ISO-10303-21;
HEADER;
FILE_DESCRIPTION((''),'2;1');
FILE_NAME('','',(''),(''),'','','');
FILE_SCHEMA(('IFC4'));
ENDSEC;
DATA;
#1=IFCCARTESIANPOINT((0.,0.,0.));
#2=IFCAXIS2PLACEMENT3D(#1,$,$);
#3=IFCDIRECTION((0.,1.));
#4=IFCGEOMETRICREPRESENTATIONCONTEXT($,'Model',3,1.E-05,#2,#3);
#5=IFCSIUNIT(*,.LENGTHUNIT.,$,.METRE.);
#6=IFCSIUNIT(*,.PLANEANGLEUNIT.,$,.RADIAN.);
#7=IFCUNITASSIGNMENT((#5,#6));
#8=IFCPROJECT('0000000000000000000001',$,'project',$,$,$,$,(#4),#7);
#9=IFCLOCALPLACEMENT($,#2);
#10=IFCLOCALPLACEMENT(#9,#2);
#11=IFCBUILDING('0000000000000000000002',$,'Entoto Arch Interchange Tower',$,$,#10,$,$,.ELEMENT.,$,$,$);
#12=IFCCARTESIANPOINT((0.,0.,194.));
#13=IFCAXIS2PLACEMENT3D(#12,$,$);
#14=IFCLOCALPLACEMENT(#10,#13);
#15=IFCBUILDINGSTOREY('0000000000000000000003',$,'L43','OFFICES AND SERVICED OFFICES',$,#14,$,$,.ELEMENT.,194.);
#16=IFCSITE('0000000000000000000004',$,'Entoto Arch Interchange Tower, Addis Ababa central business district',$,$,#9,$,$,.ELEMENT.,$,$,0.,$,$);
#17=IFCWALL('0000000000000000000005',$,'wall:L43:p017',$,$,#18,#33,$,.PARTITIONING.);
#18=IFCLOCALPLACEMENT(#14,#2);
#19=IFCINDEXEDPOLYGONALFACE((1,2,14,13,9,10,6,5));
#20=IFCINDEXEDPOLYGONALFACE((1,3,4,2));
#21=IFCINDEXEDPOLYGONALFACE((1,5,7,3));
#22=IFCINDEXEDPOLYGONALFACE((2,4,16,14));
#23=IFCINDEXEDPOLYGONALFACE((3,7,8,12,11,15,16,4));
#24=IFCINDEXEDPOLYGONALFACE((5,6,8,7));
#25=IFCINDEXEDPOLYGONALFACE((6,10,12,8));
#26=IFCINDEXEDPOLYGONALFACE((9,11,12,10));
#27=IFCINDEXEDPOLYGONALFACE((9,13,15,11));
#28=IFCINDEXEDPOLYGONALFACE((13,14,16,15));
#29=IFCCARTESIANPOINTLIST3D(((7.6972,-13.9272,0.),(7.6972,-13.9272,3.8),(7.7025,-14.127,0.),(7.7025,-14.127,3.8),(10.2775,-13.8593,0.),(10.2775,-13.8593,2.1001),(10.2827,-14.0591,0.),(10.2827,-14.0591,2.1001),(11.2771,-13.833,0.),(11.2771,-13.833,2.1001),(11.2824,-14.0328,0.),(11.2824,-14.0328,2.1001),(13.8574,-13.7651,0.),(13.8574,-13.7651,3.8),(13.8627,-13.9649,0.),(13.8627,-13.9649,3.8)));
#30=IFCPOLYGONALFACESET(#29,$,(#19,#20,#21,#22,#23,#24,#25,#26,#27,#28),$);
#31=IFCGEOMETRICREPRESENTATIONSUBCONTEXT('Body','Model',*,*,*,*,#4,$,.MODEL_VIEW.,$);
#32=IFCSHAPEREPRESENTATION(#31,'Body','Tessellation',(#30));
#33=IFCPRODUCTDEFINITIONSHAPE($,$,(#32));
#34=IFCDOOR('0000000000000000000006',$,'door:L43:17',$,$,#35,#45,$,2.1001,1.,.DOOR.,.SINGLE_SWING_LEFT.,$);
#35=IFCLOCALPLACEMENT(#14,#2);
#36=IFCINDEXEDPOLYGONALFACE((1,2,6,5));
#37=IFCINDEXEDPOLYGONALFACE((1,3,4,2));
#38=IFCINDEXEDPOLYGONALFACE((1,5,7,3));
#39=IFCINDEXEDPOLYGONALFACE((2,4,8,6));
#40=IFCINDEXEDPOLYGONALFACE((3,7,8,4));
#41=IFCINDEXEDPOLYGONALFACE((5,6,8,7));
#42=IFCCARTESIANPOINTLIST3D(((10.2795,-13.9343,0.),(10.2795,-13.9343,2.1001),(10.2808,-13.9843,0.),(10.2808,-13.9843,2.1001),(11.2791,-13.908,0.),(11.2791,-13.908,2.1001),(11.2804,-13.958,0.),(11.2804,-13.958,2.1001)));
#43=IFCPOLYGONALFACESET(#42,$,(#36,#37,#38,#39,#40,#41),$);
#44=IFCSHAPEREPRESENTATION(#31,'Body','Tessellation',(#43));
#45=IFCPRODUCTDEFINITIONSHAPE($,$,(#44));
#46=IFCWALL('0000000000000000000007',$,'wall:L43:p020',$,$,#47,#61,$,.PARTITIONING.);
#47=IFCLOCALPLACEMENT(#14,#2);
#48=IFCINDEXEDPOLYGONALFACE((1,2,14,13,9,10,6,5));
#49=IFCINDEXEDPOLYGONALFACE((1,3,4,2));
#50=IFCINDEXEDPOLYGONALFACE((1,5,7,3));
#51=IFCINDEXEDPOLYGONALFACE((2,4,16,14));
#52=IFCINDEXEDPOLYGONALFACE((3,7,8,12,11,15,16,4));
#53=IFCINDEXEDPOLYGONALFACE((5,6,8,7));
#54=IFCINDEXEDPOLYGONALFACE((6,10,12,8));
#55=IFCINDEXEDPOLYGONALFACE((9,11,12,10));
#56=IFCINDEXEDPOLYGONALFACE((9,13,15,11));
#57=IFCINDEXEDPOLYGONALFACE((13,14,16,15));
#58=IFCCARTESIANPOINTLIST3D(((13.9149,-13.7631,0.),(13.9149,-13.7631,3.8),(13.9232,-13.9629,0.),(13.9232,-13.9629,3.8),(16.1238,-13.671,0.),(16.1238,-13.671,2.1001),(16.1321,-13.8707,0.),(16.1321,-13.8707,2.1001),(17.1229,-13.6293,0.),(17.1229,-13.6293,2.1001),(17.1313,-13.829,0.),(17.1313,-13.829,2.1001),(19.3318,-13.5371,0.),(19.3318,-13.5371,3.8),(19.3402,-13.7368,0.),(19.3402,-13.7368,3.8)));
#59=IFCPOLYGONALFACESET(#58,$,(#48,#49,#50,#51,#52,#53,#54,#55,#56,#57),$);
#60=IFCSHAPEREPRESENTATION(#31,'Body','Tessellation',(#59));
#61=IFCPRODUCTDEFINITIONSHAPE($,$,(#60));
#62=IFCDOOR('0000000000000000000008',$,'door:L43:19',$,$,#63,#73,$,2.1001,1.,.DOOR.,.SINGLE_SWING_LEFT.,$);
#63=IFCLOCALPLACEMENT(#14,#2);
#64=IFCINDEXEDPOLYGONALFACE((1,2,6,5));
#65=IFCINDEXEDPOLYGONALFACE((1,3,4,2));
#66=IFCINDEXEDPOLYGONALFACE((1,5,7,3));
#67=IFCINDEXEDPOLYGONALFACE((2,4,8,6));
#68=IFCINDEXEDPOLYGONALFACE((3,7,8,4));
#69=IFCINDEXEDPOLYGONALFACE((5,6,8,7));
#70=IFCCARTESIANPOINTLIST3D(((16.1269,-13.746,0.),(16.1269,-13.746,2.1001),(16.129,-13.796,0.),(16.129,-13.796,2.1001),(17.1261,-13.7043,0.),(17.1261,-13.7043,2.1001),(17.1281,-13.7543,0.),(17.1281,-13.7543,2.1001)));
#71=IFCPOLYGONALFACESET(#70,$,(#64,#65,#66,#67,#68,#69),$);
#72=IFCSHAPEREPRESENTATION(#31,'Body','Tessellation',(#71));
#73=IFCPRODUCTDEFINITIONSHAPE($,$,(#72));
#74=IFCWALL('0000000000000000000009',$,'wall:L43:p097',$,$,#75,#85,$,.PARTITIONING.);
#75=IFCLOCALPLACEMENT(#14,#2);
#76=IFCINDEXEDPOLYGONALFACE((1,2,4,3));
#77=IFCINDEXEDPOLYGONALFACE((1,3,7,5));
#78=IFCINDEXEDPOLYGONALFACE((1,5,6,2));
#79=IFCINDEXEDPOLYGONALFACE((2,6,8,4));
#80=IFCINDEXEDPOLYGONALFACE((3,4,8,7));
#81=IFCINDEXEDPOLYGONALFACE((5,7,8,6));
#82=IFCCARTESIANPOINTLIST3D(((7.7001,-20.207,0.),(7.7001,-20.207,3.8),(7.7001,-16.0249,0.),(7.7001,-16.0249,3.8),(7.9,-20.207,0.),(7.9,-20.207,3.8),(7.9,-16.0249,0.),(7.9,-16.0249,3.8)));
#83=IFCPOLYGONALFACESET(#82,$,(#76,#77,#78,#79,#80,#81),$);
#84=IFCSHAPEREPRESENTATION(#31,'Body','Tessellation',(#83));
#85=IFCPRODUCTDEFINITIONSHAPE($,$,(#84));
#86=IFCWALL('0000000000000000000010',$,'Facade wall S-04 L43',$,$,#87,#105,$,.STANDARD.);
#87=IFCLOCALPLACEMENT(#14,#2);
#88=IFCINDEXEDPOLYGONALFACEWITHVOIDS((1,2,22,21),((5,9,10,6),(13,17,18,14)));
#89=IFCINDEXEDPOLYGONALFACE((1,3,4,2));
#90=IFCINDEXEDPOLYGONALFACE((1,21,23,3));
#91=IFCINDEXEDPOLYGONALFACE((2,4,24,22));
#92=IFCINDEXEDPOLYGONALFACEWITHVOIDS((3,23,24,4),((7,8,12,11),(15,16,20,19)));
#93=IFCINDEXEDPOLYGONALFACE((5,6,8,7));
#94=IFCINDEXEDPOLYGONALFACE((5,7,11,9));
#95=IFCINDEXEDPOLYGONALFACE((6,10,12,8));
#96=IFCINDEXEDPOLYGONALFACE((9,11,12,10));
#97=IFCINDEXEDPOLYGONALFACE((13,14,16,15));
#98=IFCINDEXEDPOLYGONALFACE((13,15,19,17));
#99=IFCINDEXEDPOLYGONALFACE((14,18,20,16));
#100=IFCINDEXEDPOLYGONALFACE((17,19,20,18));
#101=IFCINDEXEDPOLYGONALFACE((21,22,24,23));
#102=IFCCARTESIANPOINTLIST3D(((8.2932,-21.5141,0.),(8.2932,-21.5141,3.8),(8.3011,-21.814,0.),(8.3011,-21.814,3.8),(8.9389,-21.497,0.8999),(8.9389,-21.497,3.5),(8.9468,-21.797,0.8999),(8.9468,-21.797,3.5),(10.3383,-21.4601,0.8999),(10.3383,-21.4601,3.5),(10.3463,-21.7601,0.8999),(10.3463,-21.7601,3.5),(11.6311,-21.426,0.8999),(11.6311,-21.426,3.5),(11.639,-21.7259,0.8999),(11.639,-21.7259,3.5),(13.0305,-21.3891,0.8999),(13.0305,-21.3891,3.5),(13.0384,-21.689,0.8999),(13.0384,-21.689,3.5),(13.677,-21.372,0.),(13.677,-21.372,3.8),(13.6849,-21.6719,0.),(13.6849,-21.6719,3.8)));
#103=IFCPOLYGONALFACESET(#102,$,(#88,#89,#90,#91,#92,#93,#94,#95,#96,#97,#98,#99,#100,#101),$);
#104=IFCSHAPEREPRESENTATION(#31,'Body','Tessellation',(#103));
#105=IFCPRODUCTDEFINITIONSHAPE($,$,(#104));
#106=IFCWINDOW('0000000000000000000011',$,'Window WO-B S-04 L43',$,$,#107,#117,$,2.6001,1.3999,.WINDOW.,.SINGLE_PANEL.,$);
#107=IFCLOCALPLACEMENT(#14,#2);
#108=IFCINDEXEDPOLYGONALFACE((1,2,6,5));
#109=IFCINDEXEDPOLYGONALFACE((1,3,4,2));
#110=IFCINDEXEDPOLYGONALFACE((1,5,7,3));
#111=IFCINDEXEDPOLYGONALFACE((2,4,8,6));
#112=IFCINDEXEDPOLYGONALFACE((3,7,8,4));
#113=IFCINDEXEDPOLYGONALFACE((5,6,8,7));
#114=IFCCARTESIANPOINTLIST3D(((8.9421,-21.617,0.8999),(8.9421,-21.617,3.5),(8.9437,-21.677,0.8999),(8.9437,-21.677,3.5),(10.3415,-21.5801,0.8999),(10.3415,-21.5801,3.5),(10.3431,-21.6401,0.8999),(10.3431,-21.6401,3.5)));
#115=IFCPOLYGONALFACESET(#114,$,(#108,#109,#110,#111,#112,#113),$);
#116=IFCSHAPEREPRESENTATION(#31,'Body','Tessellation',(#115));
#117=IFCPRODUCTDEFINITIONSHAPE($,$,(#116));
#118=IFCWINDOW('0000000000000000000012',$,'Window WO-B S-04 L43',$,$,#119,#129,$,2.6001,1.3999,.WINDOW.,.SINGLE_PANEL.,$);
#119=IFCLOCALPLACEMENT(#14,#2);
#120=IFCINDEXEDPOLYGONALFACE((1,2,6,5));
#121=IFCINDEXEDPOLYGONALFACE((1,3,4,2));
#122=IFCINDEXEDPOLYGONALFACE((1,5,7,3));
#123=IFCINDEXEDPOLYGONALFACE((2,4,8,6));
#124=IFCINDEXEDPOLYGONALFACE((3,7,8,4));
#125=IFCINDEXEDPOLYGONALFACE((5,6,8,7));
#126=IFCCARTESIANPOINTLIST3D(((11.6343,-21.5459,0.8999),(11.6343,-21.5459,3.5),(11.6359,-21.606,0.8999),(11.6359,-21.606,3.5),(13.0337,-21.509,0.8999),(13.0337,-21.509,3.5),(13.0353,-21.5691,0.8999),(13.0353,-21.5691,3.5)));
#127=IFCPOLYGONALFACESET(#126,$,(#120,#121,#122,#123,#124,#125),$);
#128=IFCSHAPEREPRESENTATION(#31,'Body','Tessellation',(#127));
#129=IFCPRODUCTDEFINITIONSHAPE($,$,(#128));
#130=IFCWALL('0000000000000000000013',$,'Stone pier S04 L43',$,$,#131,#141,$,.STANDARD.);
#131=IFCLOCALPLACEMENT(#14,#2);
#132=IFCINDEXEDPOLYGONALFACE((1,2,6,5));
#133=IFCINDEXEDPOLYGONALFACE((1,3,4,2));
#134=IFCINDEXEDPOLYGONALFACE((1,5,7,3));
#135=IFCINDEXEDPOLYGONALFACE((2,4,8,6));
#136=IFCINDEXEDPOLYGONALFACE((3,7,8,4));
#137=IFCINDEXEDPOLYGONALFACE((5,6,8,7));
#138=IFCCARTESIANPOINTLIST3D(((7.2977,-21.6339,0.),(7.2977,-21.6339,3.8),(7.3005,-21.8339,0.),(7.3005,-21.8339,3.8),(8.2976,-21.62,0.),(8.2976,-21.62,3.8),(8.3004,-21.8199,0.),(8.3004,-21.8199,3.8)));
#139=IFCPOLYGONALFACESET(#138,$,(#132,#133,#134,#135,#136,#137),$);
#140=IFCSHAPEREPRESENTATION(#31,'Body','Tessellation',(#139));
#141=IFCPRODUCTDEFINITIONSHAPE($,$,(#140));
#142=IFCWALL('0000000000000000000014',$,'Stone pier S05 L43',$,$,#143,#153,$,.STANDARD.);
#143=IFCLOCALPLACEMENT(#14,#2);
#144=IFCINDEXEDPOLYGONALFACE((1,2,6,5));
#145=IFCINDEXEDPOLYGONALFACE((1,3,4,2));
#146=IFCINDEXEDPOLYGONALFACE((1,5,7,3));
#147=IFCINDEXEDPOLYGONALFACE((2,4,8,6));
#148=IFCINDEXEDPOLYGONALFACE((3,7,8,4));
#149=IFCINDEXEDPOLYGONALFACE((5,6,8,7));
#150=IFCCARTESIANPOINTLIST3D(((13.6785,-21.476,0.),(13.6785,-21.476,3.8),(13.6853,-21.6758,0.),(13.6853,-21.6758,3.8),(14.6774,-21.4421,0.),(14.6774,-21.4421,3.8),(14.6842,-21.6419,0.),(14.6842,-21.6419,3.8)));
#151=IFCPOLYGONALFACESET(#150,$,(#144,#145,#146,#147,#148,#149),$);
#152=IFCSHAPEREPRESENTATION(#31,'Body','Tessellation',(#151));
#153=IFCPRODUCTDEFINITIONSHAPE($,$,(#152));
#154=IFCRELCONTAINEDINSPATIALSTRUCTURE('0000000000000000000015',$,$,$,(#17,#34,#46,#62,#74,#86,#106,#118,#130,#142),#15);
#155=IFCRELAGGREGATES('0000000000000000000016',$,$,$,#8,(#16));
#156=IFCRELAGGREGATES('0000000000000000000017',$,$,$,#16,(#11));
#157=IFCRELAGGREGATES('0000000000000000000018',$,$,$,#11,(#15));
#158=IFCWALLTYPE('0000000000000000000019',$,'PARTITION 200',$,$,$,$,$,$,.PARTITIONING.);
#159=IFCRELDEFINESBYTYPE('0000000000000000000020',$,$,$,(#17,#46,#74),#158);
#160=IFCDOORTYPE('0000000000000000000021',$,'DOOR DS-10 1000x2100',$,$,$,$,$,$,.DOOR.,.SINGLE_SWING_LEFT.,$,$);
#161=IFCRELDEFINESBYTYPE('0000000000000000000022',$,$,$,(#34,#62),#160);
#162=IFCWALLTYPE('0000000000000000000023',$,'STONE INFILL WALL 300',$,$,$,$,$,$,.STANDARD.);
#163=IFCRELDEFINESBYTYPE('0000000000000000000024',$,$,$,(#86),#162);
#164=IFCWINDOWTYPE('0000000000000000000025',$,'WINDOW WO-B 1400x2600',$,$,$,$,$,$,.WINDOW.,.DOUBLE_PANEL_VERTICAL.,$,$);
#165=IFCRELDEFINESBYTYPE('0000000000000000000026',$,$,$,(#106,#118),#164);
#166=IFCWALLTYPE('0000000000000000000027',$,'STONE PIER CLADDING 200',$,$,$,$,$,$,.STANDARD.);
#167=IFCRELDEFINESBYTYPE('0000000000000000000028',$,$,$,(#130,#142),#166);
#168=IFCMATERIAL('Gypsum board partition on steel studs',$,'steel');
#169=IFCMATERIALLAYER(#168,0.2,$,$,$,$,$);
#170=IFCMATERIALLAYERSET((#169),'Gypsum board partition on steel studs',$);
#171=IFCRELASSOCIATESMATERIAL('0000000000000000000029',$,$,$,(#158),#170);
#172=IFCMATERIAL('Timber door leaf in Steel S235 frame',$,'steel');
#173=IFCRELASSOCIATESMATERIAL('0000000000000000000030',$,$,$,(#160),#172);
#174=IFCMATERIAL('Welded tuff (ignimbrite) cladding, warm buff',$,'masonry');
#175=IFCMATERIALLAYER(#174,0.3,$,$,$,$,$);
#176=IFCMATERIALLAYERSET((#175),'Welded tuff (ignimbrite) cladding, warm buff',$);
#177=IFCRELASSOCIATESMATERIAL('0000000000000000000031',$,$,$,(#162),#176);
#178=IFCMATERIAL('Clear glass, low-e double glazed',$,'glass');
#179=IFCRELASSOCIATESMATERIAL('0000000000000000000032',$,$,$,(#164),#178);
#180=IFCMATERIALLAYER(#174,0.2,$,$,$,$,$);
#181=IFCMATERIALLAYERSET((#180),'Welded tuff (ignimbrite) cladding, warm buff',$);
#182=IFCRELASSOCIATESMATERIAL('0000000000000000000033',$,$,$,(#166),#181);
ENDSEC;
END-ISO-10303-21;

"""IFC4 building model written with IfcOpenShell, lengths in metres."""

from ifc_helpers import new_model, si_unit, direction, frame, frame_2d, origin, place, context, subcontext, project, spatial, rectangle, extrude, material, layer, layer_set, type_object, element, fill, save


model = new_model("IFC4")

# Units and contexts
model_context = context("Model", 3, precision=1e-05, world=origin(), true_north=direction((0.0, 1.0)))
body_context = subcontext(model_context, "Body", "Model", "MODEL_VIEW")
ifc_project = project(units=[si_unit("LENGTHUNIT", "METRE"), si_unit("PLANEANGLEUNIT", "RADIAN")], contexts=[model_context])

# Site, building, storey
site_placement = place(None, origin())
site = spatial("IfcSite", under=ifc_project, at=site_placement, Name="Entoto Arch Interchange Tower, Addis Ababa central business district", CompositionType="ELEMENT", RefElevation=0.0)
building_placement = place(site_placement, origin())
building = spatial("IfcBuilding", under=site, at=building_placement, Name="Entoto Arch Interchange Tower", CompositionType="ELEMENT")
storey_placement = place(building_placement, frame((0.0, 0.0, 194.0)))
storey = spatial("IfcBuildingStorey", under=building, at=storey_placement, Name="L43", Description="OFFICES AND SERVICED OFFICES", CompositionType="ELEMENT", Elevation=194.0)

# Shared definitions
ifc_material_1 = material(Name="Clear glass, low-e double glazed", Category="glass")

# Walls, openings, doors
ifc_material_2 = material(Name="Gypsum board partition on steel studs", Category="steel")
ifc_layer_1 = layer(ifc_material_2, 0.2)
ifc_layer_set_1 = layer_set([ifc_layer_1], Name="Gypsum board partition on steel studs")
wall_type_1 = type_object("IfcWallType", Name="PARTITION 200", PredefinedType="PARTITIONING", material=ifc_layer_set_1)
wall_1_placement = place(storey_placement, frame((7.7, -14.0271, 0.0), z_axis=(0.0, 0.0, 1.0), x_axis=(0.999654, 0.026307, 0.0)))
wall_1 = element("IfcWall", 1, at=wall_1_placement, inside=storey, type_object=wall_type_1, Name="wall:L43:p017", PredefinedType="PARTITIONING", context=body_context, shape_type="SweptSolid", body=[
    extrude(rectangle(XDim=6.1624, YDim=0.2, at=frame_2d((3.0811, 0.0))), origin(), (0.0, 0.0, 1.0), 3.8),
])
opening_1_placement = place(wall_1_placement, frame((2.5811, 0.0, 0.0)))
opening_1 = element("IfcOpeningElement", 2, at=opening_1_placement, cuts=wall_1, PredefinedType="OPENING", context=body_context, shape_type="SweptSolid", body=[
    extrude(rectangle(XDim=1.0, YDim=2.1001, at=frame_2d((0.5, 1.05))), frame((0.0, 0.1099, 0.0), z_axis=(0.0, -1.0, 0.0), x_axis=(1.0, 0.0, 0.0)), (0.0, 0.0, 1.0), 0.22),
])
ifc_material_3 = material(Name="Timber door leaf in Steel S235 frame", Category="steel")
door_type = type_object("IfcDoorType", Name="DOOR DS-10 1000x2100", OperationType="SINGLE_SWING_LEFT", PredefinedType="DOOR", material=ifc_material_3)
door_1_placement = place(opening_1_placement, origin())
door_1 = element("IfcDoor", 3, at=door_1_placement, inside=storey, type_object=door_type, Name="door:L43:17", OperationType="SINGLE_SWING_LEFT", OverallHeight=2.1001, OverallWidth=1.0, PredefinedType="DOOR", context=body_context, shape_type="SweptSolid", body=[
    extrude(rectangle(XDim=1.0, YDim=2.1001, at=frame_2d((0.5, 1.05))), frame((0.0, 0.0249, 0.0), z_axis=(0.0, -1.0, 0.0), x_axis=(1.0, 0.0, 0.0)), (0.0, 0.0, 1.0), 0.05),
])
fill(opening_1, door_1)
wall_2_placement = place(storey_placement, frame((13.9189, -13.863, 0.0), z_axis=(0.0, 0.0, 1.0), x_axis=(0.99913, 0.041698, 0.0)))
wall_2 = element("IfcWall", 4, at=wall_2_placement, inside=storey, type_object=wall_type_1, Name="wall:L43:p020", PredefinedType="PARTITIONING", context=body_context, shape_type="SweptSolid", body=[
    extrude(rectangle(XDim=5.4216, YDim=0.2, at=frame_2d((2.7109, 0.0))), origin(), (0.0, 0.0, 1.0), 3.8),
])
opening_2_placement = place(wall_2_placement, frame((2.2109, 0.0, 0.0)))
opening_2 = element("IfcOpeningElement", 5, at=opening_2_placement, cuts=wall_2, PredefinedType="OPENING", context=body_context, shape_type="SweptSolid", body=[
    extrude(rectangle(XDim=1.0, YDim=2.1001, at=frame_2d((0.5, 1.05))), frame((0.0, 0.1099, 0.0), z_axis=(0.0, -1.0, 0.0), x_axis=(1.0, 0.0, 0.0)), (0.0, 0.0, 1.0), 0.22),
])
door_2_placement = place(opening_2_placement, origin())
door_2 = element("IfcDoor", 6, at=door_2_placement, inside=storey, type_object=door_type, Name="door:L43:19", OperationType="SINGLE_SWING_LEFT", OverallHeight=2.1001, OverallWidth=1.0, PredefinedType="DOOR", context=body_context, shape_type="SweptSolid", body=[
    extrude(rectangle(XDim=1.0, YDim=2.1001, at=frame_2d((0.5, 1.05))), frame((0.0, 0.0249, 0.0), z_axis=(0.0, -1.0, 0.0), x_axis=(1.0, 0.0, 0.0)), (0.0, 0.0, 1.0), 0.05),
])
fill(opening_2, door_2)

# Wall
wall_3_placement = place(storey_placement, frame((7.8, -16.0249, 0.0), z_axis=(0.0, 0.0, 1.0), x_axis=(0.0, -1.0, 0.0)))
element("IfcWall", 7, at=wall_3_placement, inside=storey, type_object=wall_type_1, Name="wall:L43:p097", PredefinedType="PARTITIONING", context=body_context, shape_type="SweptSolid", body=[
    extrude(rectangle(XDim=4.1821, YDim=0.2, at=frame_2d((2.0911, 0.0))), origin(), (0.0, 0.0, 1.0), 3.8),
])

# Wall, openings, windows
ifc_material_4 = material(Name="Welded tuff (ignimbrite) cladding, warm buff", Category="masonry")
ifc_layer_2 = layer(ifc_material_4, 0.3)
ifc_layer_set_2 = layer_set([ifc_layer_2], Name="Welded tuff (ignimbrite) cladding, warm buff")
wall_type_2 = type_object("IfcWallType", Name="STONE INFILL WALL 300", PredefinedType="STANDARD", material=ifc_layer_set_2)
wall_4_placement = place(storey_placement, frame((8.2971, -21.6641, 0.0), z_axis=(0.0, 0.0, 1.0), x_axis=(0.999652, 0.026383, 0.0)))
wall_4 = element("IfcWall", 8, at=wall_4_placement, inside=storey, type_object=wall_type_2, Name="Facade wall S-04 L43", PredefinedType="STANDARD", context=body_context, shape_type="SweptSolid", body=[
    extrude(rectangle(XDim=5.3857, YDim=0.3, at=frame_2d((2.6929, 0.0))), origin(), (0.0, 0.0, 1.0), 3.8),
])
opening_3_placement = place(wall_4_placement, frame((0.646, 0.0, 0.8999)))
opening_3 = element("IfcOpeningElement", 9, at=opening_3_placement, cuts=wall_4, PredefinedType="OPENING", context=body_context, shape_type="SweptSolid", body=[
    extrude(rectangle(XDim=1.3999, YDim=2.6001, at=frame_2d((0.7, 1.3))), frame((0.0, 0.1602, 0.0), z_axis=(0.0, -1.0, 0.0), x_axis=(1.0, 0.0, 0.0)), (0.0, 0.0, 1.0), 0.3201),
])
opening_4_placement = place(wall_4_placement, frame((3.3391, 0.0, 0.8999)))
opening_4 = element("IfcOpeningElement", 10, at=opening_4_placement, cuts=wall_4, PredefinedType="OPENING", context=body_context, shape_type="SweptSolid", body=[
    extrude(rectangle(XDim=1.3999, YDim=2.6001, at=frame_2d((0.7, 1.3))), frame((0.0, 0.1602, 0.0), z_axis=(0.0, -1.0, 0.0), x_axis=(1.0, 0.0, 0.0)), (0.0, 0.0, 1.0), 0.3201),
])
window_type = type_object("IfcWindowType", Name="WINDOW WO-B 1400x2600", PartitioningType="DOUBLE_PANEL_VERTICAL", PredefinedType="WINDOW", material=ifc_material_1)
window_1_placement = place(opening_3_placement, origin())
window_1 = element("IfcWindow", 11, at=window_1_placement, inside=storey, type_object=window_type, Name="Window WO-B S-04 L43", OverallHeight=2.6001, OverallWidth=1.3999, PartitioningType="SINGLE_PANEL", PredefinedType="WINDOW", context=body_context, shape_type="SweptSolid", body=[
    extrude(rectangle(XDim=1.3999, YDim=2.6001, at=frame_2d((0.7, 1.3))), frame((0.0, 0.03, 0.0), z_axis=(0.0, -1.0, 0.0), x_axis=(1.0, 0.0, 0.0)), (0.0, 0.0, 1.0), 0.0601),
])
fill(opening_3, window_1)
window_2_placement = place(opening_4_placement, origin())
window_2 = element("IfcWindow", 12, at=window_2_placement, inside=storey, type_object=window_type, Name="Window WO-B S-04 L43", OverallHeight=2.6001, OverallWidth=1.3999, PartitioningType="SINGLE_PANEL", PredefinedType="WINDOW", context=body_context, shape_type="SweptSolid", body=[
    extrude(rectangle(XDim=1.3999, YDim=2.6001, at=frame_2d((0.7, 1.3))), frame((0.0, 0.03, 0.0), z_axis=(0.0, -1.0, 0.0), x_axis=(1.0, 0.0, 0.0)), (0.0, 0.0, 1.0), 0.0601),
])
fill(opening_4, window_2)

# Walls
ifc_layer_3 = layer(ifc_material_4, 0.2)
ifc_layer_set_3 = layer_set([ifc_layer_3], Name="Welded tuff (ignimbrite) cladding, warm buff")
wall_type_3 = type_object("IfcWallType", Name="STONE PIER CLADDING 200", PredefinedType="STANDARD", material=ifc_layer_set_3)
wall_5_placement = place(storey_placement, frame((7.2991, -21.7339, 0.0), z_axis=(0.0, 0.0, 1.0), x_axis=(0.999903, 0.013915, 0.0)))
element("IfcWall", 13, at=wall_5_placement, inside=storey, type_object=wall_type_3, Name="Stone pier S04 L43", PredefinedType="STANDARD", context=body_context, shape_type="SweptSolid", body=[
    extrude(rectangle(XDim=1.0, YDim=0.2, at=frame_2d((0.5, 0.0))), origin(), (0.0, 0.0, 1.0), 3.8),
])
wall_6_placement = place(storey_placement, frame((13.6819, -21.5759, 0.0), z_axis=(0.0, 0.0, 1.0), x_axis=(0.999424, 0.033949, 0.0)))
element("IfcWall", 14, at=wall_6_placement, inside=storey, type_object=wall_type_3, Name="Stone pier S05 L43", PredefinedType="STANDARD", context=body_context, shape_type="SweptSolid", body=[
    extrude(rectangle(XDim=0.9995, YDim=0.2, at=frame_2d((0.4998, 0.0))), origin(), (0.0, 0.0, 1.0), 3.8),
])

save(model, "model.ifc")
